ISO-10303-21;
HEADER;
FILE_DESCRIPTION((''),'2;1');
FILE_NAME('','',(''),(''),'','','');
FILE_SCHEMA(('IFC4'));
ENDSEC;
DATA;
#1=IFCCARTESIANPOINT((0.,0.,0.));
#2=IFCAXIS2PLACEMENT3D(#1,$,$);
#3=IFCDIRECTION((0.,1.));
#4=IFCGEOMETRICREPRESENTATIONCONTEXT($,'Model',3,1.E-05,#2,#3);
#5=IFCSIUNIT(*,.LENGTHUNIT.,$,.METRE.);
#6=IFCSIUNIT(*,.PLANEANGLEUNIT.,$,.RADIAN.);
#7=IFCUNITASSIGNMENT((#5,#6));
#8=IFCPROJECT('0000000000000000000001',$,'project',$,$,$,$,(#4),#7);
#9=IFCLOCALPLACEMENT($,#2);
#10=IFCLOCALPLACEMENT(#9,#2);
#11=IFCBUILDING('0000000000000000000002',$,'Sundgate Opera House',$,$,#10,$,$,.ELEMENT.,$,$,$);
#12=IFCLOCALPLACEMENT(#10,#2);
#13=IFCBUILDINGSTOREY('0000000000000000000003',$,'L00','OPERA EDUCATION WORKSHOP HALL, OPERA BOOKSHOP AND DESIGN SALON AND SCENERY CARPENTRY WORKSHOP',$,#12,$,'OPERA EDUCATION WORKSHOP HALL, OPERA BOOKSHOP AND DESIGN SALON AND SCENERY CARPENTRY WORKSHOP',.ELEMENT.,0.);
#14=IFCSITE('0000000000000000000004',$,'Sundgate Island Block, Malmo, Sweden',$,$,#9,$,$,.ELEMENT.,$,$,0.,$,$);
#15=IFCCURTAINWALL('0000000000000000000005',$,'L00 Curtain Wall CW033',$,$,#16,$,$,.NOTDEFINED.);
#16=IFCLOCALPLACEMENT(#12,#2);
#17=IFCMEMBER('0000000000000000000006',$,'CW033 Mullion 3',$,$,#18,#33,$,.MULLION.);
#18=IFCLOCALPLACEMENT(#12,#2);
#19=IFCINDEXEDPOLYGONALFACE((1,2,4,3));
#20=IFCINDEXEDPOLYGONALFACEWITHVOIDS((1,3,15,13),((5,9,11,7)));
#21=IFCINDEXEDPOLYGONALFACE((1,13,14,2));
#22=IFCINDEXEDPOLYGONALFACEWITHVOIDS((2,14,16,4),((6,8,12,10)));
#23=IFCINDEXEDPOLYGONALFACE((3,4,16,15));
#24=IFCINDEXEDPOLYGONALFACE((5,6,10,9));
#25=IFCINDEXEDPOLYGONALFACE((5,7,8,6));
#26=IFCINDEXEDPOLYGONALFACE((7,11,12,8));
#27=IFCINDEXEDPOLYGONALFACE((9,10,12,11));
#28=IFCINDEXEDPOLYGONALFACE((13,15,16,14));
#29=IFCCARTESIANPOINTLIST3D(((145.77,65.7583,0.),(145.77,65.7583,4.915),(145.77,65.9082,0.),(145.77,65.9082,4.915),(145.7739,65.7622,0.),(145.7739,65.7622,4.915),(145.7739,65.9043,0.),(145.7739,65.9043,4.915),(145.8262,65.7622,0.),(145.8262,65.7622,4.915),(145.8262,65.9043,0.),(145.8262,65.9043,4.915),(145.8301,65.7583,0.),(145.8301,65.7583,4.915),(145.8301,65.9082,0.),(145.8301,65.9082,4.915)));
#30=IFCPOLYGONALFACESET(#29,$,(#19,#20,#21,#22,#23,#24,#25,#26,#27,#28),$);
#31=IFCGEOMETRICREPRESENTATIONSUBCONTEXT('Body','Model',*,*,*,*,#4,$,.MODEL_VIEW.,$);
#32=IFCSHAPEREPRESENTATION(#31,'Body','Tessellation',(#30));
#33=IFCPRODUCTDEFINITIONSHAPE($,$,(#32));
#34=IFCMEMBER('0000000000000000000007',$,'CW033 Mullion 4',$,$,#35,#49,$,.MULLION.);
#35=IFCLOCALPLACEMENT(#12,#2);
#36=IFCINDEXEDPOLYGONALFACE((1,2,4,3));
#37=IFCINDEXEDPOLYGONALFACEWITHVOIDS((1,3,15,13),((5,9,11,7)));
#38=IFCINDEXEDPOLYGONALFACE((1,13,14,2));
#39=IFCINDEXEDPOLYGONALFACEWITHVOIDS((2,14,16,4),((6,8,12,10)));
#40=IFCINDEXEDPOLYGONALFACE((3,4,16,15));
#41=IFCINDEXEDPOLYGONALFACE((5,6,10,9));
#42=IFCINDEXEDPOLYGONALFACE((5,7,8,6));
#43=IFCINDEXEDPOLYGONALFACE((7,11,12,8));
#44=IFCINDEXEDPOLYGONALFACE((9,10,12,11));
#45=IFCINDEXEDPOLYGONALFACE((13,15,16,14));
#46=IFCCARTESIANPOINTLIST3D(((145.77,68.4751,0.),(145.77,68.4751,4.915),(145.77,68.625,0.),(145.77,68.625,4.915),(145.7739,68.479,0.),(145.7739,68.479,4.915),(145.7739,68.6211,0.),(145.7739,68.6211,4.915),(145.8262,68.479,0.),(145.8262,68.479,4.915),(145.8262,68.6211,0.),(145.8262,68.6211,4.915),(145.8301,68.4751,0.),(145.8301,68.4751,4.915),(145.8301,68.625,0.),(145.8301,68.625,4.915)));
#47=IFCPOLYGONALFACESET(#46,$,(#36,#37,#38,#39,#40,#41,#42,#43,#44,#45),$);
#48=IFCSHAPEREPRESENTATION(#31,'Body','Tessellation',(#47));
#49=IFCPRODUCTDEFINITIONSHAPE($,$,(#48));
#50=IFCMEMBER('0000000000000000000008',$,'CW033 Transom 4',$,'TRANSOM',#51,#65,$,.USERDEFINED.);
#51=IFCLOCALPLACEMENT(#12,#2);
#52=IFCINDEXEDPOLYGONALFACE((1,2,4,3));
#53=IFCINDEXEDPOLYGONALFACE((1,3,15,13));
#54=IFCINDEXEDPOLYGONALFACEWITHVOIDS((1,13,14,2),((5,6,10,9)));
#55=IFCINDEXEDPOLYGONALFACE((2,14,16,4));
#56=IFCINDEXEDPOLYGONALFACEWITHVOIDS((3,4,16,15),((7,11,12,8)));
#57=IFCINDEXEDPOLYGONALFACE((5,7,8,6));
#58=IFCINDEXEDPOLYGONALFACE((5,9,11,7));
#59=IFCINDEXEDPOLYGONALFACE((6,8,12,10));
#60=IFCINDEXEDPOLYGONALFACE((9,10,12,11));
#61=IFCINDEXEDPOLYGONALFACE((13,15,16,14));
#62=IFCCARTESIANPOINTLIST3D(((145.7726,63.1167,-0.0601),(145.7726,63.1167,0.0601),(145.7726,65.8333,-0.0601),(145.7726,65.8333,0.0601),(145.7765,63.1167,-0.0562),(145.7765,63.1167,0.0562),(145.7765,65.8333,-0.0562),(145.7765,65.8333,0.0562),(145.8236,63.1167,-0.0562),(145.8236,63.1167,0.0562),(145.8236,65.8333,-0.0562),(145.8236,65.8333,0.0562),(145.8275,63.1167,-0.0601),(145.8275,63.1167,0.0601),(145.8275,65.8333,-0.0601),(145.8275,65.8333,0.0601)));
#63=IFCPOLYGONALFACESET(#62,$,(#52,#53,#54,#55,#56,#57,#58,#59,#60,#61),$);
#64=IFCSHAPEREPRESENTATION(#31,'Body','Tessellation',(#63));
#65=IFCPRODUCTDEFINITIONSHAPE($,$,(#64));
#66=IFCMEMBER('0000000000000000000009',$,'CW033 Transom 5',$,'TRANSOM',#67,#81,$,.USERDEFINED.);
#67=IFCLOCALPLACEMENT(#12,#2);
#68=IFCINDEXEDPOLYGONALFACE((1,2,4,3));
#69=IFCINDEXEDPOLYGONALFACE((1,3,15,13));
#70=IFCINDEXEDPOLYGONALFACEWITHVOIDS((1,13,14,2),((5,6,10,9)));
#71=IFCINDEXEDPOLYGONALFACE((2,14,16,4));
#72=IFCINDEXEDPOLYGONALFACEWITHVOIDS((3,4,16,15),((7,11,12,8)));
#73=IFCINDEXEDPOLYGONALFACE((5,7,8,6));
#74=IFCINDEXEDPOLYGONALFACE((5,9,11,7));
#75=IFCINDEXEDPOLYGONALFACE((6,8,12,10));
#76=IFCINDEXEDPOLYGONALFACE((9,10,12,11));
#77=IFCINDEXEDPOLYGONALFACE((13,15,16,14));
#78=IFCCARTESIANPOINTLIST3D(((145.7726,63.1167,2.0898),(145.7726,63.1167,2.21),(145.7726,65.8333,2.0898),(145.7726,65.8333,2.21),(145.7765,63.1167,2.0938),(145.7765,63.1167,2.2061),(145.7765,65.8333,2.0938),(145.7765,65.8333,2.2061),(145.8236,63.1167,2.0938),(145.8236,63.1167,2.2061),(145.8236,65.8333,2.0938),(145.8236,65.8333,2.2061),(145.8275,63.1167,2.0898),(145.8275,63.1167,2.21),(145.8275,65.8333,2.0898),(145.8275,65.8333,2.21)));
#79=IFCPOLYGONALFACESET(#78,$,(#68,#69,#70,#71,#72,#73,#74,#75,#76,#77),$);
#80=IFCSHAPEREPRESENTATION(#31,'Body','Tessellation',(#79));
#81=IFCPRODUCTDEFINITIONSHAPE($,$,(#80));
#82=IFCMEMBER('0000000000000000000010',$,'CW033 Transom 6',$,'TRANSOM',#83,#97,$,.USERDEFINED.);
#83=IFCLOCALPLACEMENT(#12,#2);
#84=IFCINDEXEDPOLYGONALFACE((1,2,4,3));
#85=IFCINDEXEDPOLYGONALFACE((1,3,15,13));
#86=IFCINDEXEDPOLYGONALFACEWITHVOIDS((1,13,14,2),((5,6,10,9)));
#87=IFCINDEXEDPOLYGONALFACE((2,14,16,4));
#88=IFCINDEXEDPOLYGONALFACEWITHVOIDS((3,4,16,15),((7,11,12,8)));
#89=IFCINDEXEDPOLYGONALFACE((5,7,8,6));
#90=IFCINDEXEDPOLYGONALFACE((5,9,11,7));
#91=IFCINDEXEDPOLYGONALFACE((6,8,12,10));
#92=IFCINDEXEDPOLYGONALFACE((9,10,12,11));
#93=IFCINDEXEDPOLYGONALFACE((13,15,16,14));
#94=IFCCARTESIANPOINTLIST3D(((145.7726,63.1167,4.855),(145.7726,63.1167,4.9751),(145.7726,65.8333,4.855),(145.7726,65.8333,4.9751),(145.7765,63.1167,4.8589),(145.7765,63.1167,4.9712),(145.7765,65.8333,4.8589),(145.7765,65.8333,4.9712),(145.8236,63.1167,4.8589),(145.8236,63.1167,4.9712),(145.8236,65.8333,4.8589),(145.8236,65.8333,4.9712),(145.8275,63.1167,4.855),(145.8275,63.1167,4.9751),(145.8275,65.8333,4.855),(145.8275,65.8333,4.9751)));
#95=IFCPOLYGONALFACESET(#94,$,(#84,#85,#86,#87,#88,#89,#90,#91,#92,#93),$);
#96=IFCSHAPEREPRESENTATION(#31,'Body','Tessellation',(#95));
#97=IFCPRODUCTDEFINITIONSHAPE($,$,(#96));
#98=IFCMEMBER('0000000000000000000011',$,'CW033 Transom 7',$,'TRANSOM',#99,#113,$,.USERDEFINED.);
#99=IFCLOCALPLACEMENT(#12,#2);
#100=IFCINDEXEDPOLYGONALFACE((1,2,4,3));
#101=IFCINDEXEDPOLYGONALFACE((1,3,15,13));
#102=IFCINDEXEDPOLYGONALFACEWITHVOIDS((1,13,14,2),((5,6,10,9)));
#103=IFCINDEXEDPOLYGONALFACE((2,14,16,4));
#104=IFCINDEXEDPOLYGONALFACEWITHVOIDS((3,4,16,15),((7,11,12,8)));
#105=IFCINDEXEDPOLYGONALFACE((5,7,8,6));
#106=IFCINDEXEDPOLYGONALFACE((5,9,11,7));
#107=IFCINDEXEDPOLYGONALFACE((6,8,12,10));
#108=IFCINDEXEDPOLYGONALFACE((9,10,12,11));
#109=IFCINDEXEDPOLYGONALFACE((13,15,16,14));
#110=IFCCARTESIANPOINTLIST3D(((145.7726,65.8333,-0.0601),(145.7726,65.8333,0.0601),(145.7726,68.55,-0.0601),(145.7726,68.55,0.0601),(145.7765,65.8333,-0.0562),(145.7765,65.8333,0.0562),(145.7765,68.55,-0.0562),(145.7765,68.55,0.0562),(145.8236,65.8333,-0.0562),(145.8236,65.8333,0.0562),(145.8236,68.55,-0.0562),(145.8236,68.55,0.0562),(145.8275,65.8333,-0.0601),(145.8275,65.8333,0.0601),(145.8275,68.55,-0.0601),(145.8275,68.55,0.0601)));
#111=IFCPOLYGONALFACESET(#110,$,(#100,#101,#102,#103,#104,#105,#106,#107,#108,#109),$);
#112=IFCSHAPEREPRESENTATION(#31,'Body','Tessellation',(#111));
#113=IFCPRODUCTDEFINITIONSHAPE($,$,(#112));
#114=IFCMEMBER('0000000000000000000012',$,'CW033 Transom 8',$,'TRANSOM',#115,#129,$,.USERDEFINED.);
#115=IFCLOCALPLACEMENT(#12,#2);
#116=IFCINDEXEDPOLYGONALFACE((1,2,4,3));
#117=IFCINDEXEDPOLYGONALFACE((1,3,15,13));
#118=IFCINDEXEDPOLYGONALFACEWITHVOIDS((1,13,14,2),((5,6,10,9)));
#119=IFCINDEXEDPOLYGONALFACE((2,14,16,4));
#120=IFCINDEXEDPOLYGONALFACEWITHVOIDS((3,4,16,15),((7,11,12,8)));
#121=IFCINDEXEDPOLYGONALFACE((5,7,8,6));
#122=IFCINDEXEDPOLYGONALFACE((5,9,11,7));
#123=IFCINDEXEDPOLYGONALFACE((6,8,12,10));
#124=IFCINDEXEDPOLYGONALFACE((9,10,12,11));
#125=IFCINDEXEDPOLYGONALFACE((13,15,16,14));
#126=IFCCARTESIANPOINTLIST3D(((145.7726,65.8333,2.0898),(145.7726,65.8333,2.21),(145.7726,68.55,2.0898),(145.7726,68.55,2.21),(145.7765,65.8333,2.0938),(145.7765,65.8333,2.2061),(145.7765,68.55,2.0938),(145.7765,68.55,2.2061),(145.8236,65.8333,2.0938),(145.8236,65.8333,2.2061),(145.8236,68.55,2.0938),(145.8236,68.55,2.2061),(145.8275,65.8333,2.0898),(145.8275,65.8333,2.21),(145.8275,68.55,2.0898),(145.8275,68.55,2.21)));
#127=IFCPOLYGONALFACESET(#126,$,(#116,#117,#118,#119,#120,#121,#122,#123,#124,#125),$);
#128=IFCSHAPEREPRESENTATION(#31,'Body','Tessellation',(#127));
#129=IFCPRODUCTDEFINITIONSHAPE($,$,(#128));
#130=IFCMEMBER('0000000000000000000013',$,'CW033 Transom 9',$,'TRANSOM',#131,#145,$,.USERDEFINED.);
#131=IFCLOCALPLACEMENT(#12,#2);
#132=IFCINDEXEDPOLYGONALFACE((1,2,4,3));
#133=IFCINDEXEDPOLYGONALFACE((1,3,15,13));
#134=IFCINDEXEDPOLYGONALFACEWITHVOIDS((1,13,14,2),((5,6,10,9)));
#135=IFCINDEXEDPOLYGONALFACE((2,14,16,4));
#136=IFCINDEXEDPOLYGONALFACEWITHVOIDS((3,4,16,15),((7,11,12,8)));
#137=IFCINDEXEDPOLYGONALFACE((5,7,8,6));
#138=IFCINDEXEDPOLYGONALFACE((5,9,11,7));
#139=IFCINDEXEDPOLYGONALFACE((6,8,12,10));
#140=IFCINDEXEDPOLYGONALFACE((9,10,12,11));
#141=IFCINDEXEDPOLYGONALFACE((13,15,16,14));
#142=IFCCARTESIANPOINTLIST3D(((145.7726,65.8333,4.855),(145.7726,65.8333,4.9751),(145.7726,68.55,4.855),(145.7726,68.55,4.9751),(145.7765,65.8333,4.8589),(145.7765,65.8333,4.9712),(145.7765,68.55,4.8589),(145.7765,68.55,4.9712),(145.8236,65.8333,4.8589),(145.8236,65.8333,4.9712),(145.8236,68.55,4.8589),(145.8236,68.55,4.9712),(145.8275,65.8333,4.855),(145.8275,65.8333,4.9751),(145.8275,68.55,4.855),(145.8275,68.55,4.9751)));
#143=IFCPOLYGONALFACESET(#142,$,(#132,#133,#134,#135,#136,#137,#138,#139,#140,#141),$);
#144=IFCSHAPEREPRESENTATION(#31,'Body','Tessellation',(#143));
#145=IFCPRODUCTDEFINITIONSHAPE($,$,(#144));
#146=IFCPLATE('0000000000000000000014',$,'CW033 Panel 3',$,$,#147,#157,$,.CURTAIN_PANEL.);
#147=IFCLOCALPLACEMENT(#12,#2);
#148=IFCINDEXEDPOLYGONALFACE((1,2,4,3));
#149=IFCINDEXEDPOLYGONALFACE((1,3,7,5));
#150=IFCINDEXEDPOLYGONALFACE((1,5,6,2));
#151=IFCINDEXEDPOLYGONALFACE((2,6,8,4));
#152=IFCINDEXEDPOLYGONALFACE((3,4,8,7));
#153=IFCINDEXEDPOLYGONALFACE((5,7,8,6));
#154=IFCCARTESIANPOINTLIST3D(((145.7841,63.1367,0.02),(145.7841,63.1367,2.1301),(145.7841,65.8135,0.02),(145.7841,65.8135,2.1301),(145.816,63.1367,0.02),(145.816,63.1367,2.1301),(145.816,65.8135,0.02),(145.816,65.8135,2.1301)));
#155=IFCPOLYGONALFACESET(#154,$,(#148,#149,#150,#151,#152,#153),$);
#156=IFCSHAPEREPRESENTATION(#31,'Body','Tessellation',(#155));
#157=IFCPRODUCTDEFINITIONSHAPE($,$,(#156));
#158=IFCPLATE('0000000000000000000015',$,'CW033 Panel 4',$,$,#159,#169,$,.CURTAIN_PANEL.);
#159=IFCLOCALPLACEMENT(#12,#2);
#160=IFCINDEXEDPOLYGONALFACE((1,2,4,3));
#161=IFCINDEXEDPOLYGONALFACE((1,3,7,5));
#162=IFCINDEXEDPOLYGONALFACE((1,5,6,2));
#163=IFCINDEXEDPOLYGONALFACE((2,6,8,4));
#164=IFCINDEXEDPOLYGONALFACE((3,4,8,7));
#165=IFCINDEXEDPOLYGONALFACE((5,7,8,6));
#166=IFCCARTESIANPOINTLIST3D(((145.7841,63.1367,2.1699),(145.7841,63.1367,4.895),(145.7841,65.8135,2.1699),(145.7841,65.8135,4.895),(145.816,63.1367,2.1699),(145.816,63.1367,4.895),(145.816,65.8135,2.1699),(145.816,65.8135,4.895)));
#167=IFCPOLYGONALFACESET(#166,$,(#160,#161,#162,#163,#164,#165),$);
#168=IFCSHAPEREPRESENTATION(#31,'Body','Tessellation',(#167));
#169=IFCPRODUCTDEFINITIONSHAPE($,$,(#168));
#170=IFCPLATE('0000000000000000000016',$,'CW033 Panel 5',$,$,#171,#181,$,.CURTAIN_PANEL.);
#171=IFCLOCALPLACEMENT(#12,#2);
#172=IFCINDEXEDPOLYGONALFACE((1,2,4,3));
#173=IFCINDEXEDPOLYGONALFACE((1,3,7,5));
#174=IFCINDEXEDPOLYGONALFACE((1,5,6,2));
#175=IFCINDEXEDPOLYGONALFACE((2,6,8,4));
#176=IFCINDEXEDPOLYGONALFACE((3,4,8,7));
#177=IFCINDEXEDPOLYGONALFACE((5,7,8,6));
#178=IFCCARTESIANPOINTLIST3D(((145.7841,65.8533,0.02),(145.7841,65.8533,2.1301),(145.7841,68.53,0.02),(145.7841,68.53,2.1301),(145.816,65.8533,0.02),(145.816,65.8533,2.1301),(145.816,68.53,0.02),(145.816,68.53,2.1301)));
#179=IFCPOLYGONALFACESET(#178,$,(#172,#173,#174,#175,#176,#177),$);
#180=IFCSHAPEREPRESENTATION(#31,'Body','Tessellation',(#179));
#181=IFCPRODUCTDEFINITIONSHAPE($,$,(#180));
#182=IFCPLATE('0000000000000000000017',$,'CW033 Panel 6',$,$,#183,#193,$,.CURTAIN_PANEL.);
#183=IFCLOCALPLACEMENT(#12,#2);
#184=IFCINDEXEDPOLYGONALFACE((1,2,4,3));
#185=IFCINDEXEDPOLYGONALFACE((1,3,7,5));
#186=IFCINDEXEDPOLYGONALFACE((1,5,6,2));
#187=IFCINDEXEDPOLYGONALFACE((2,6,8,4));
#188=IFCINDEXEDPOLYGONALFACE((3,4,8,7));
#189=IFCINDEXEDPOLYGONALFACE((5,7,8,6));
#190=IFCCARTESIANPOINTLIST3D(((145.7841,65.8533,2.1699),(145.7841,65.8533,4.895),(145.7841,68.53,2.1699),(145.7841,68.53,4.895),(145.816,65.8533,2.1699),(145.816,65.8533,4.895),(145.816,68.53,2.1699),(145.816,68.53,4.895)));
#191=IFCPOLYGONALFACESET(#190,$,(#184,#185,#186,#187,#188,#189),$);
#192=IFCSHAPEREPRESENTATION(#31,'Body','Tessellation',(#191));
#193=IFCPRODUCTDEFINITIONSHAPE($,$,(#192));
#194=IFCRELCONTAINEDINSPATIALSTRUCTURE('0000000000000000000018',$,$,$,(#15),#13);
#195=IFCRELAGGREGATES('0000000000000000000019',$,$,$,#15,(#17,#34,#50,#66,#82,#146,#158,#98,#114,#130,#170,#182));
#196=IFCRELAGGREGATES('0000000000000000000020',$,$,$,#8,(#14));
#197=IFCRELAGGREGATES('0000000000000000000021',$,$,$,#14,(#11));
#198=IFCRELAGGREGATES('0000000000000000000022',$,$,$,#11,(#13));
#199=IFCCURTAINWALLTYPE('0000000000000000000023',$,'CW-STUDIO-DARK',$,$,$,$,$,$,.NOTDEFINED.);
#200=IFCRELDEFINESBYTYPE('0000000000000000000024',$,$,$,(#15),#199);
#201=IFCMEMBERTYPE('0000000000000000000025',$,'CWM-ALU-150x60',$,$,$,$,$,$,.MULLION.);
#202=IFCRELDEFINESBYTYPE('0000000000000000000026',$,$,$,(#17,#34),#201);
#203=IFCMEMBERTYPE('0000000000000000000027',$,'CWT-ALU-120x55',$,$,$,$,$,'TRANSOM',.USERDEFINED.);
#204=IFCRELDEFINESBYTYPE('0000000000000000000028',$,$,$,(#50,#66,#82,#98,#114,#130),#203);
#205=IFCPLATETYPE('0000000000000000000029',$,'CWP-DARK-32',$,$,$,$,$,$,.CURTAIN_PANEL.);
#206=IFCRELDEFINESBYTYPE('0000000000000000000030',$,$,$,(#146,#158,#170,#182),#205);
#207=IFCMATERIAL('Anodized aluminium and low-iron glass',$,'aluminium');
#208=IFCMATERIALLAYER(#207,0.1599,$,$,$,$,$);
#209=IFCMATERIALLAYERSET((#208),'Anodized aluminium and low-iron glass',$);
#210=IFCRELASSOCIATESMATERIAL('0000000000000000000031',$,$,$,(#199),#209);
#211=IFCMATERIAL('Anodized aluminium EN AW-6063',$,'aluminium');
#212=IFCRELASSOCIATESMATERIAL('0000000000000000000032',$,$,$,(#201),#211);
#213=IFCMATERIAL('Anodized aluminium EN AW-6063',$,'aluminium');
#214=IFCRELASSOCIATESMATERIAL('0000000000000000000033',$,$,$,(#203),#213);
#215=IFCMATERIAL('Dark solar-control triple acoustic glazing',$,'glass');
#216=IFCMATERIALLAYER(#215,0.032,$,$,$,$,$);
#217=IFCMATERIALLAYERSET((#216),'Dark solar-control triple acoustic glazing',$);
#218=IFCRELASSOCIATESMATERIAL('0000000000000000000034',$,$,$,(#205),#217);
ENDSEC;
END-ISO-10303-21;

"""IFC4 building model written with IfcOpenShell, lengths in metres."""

from ifc_helpers import new_model, si_unit, direction, frame, origin, origin_2d, place, context, subcontext, project, spatial, rectangle, hollow_rectangle, extrude, material, layer, layer_set, material_profile, profile_set, type_object, element, aggregate, save


model = new_model("IFC4")

# Units and contexts
model_context = context("Model", 3, precision=1e-05, world=origin(), true_north=direction((0.0, 1.0)))
body_context = subcontext(model_context, "Body", "Model", "MODEL_VIEW")
ifc_project = project(units=[si_unit("LENGTHUNIT", "METRE"), si_unit("PLANEANGLEUNIT", "RADIAN")], contexts=[model_context])

# Site, building, storey
site_placement = place(None, origin())
site = spatial("IfcSite", under=ifc_project, at=site_placement, Name="Sundgate Island Block, Malmo, Sweden", CompositionType="ELEMENT", RefElevation=0.0)
building_placement = place(site_placement, origin())
building = spatial("IfcBuilding", under=site, at=building_placement, Name="Sundgate Opera House", CompositionType="ELEMENT")
storey_placement = place(building_placement, origin())
storey = spatial("IfcBuildingStorey", under=building, at=storey_placement, Name="L00", Description="OPERA EDUCATION WORKSHOP HALL, OPERA BOOKSHOP AND DESIGN SALON AND SCENERY CARPENTRY WORKSHOP", LongName="OPERA EDUCATION WORKSHOP HALL, OPERA BOOKSHOP AND DESIGN SALON AND SCENERY CARPENTRY WORKSHOP", CompositionType="ELEMENT", Elevation=0.0)

# Curtain wall, members, plates
ifc_material_1 = material(Name="Anodized aluminium and low-iron glass", Category="aluminium")
ifc_layer_1 = layer(ifc_material_1, 0.1599)
ifc_layer_set_1 = layer_set([ifc_layer_1], Name="Anodized aluminium and low-iron glass")
curtain_wall_type = type_object("IfcCurtainWallType", Name="CW-STUDIO-DARK", PredefinedType="NOTDEFINED", material=ifc_layer_set_1)
curtain_wall_placement = place(storey_placement, origin())
curtain_wall = element("IfcCurtainWall", 1, at=curtain_wall_placement, inside=storey, type_object=curtain_wall_type, Name="L00 Curtain Wall CW033", PredefinedType="NOTDEFINED")
ifc_material_2 = material(Name="Anodized aluminium EN AW-6063", Category="aluminium")
ifc_material_profile_1 = material_profile(ifc_material_2, hollow_rectangle(XDim=0.0601, YDim=0.1499, WallThickness=0.0039, at=origin_2d()), Name="CWM 150x60x4")
ifc_profile_set_1 = profile_set([ifc_material_profile_1], Name="Anodized aluminium EN AW-6063")
member_type_1 = type_object("IfcMemberType", Name="CWM-ALU-150x60", PredefinedType="MULLION", material=ifc_profile_set_1)
member_1_placement = place(storey_placement, frame((145.8, 65.8333, 0.0), z_axis=(0.0, 0.0, 1.0), x_axis=(1.0, 0.0, 0.0)))
member_1 = element("IfcMember", 2, at=member_1_placement, type_object=member_type_1, Name="CW033 Mullion 3", PredefinedType="MULLION", context=body_context, shape_type="SweptSolid", body=[
    extrude(hollow_rectangle(XDim=0.0601, YDim=0.1499, WallThickness=0.0039, at=origin_2d()), origin(), (0.0, 0.0, 1.0), 4.915),
])
member_2_placement = place(storey_placement, frame((145.8, 68.55, 0.0), z_axis=(0.0, 0.0, 1.0), x_axis=(1.0, 0.0, 0.0)))
member_2 = element("IfcMember", 3, at=member_2_placement, type_object=member_type_1, Name="CW033 Mullion 4", PredefinedType="MULLION", context=body_context, shape_type="SweptSolid", body=[
    extrude(hollow_rectangle(XDim=0.0601, YDim=0.1499, WallThickness=0.0039, at=origin_2d()), origin(), (0.0, 0.0, 1.0), 4.915),
])
ifc_material_3 = material(Name="Anodized aluminium EN AW-6063", Category="aluminium")
ifc_material_profile_2 = material_profile(ifc_material_3, hollow_rectangle(XDim=0.0549, YDim=0.1201, WallThickness=0.0039, at=origin_2d()), Name="CWT 120x55x4")
ifc_profile_set_2 = profile_set([ifc_material_profile_2], Name="Anodized aluminium EN AW-6063")
member_type_2 = type_object("IfcMemberType", Name="CWT-ALU-120x55", ElementType="TRANSOM", PredefinedType="USERDEFINED", material=ifc_profile_set_2)
member_3_placement = place(storey_placement, frame((145.8, 63.1167, 0.0), z_axis=(0.0, 1.0, 0.0), x_axis=(-1.0, 0.0, 0.0)))
member_3 = element("IfcMember", 4, at=member_3_placement, type_object=member_type_2, Name="CW033 Transom 4", ObjectType="TRANSOM", PredefinedType="USERDEFINED", context=body_context, shape_type="SweptSolid", body=[
    extrude(hollow_rectangle(XDim=0.0549, YDim=0.1201, WallThickness=0.0039, at=origin_2d()), origin(), (0.0, 0.0, 1.0), 2.7166),
])
member_4_placement = place(storey_placement, frame((145.8, 63.1167, 2.1499), z_axis=(0.0, 1.0, 0.0), x_axis=(-1.0, 0.0, 0.0)))
member_4 = element("IfcMember", 5, at=member_4_placement, type_object=member_type_2, Name="CW033 Transom 5", ObjectType="TRANSOM", PredefinedType="USERDEFINED", context=body_context, shape_type="SweptSolid", body=[
    extrude(hollow_rectangle(XDim=0.0549, YDim=0.1201, WallThickness=0.0039, at=origin_2d()), origin(), (0.0, 0.0, 1.0), 2.7166),
])
member_5_placement = place(storey_placement, frame((145.8, 63.1167, 4.915), z_axis=(0.0, 1.0, 0.0), x_axis=(-1.0, 0.0, 0.0)))
member_5 = element("IfcMember", 6, at=member_5_placement, type_object=member_type_2, Name="CW033 Transom 6", ObjectType="TRANSOM", PredefinedType="USERDEFINED", context=body_context, shape_type="SweptSolid", body=[
    extrude(hollow_rectangle(XDim=0.0549, YDim=0.1201, WallThickness=0.0039, at=origin_2d()), origin(), (0.0, 0.0, 1.0), 2.7166),
])
member_6_placement = place(storey_placement, frame((145.8, 65.8333, 0.0), z_axis=(0.0, 1.0, 0.0), x_axis=(-1.0, 0.0, 0.0)))
member_6 = element("IfcMember", 7, at=member_6_placement, type_object=member_type_2, Name="CW033 Transom 7", ObjectType="TRANSOM", PredefinedType="USERDEFINED", context=body_context, shape_type="SweptSolid", body=[
    extrude(hollow_rectangle(XDim=0.0549, YDim=0.1201, WallThickness=0.0039, at=origin_2d()), origin(), (0.0, 0.0, 1.0), 2.7168),
])
member_7_placement = place(storey_placement, frame((145.8, 65.8333, 2.1499), z_axis=(0.0, 1.0, 0.0), x_axis=(-1.0, 0.0, 0.0)))
member_7 = element("IfcMember", 8, at=member_7_placement, type_object=member_type_2, Name="CW033 Transom 8", ObjectType="TRANSOM", PredefinedType="USERDEFINED", context=body_context, shape_type="SweptSolid", body=[
    extrude(hollow_rectangle(XDim=0.0549, YDim=0.1201, WallThickness=0.0039, at=origin_2d()), origin(), (0.0, 0.0, 1.0), 2.7168),
])
member_8_placement = place(storey_placement, frame((145.8, 65.8333, 4.915), z_axis=(0.0, 1.0, 0.0), x_axis=(-1.0, 0.0, 0.0)))
member_8 = element("IfcMember", 9, at=member_8_placement, type_object=member_type_2, Name="CW033 Transom 9", ObjectType="TRANSOM", PredefinedType="USERDEFINED", context=body_context, shape_type="SweptSolid", body=[
    extrude(hollow_rectangle(XDim=0.0549, YDim=0.1201, WallThickness=0.0039, at=origin_2d()), origin(), (0.0, 0.0, 1.0), 2.7168),
])
ifc_material_4 = material(Name="Dark solar-control triple acoustic glazing", Category="glass")
ifc_layer_2 = layer(ifc_material_4, 0.032)
ifc_layer_set_2 = layer_set([ifc_layer_2], Name="Dark solar-control triple acoustic glazing")
plate_type = type_object("IfcPlateType", Name="CWP-DARK-32", PredefinedType="CURTAIN_PANEL", material=ifc_layer_set_2)
plate_1_placement = place(storey_placement, frame((145.8, 64.4751, 0.02), z_axis=(0.0, 0.0, 1.0), x_axis=(0.0, 1.0, 0.0)))
plate_1 = element("IfcPlate", 10, at=plate_1_placement, type_object=plate_type, Name="CW033 Panel 3", PredefinedType="CURTAIN_PANEL", context=body_context, shape_type="SweptSolid", body=[
    extrude(rectangle(XDim=2.6768, YDim=0.032, at=origin_2d()), origin(), (0.0, 0.0, 1.0), 2.1101),
])
plate_2_placement = place(storey_placement, frame((145.8, 64.4751, 2.1699), z_axis=(0.0, 0.0, 1.0), x_axis=(0.0, 1.0, 0.0)))
plate_2 = element("IfcPlate", 11, at=plate_2_placement, type_object=plate_type, Name="CW033 Panel 4", PredefinedType="CURTAIN_PANEL", context=body_context, shape_type="SweptSolid", body=[
    extrude(rectangle(XDim=2.6768, YDim=0.032, at=origin_2d()), origin(), (0.0, 0.0, 1.0), 2.7251),
])
plate_3_placement = place(storey_placement, frame((145.8, 67.1917, 0.02), z_axis=(0.0, 0.0, 1.0), x_axis=(0.0, 1.0, 0.0)))
plate_3 = element("IfcPlate", 12, at=plate_3_placement, type_object=plate_type, Name="CW033 Panel 5", PredefinedType="CURTAIN_PANEL", context=body_context, shape_type="SweptSolid", body=[
    extrude(rectangle(XDim=2.6768, YDim=0.032, at=origin_2d()), origin(), (0.0, 0.0, 1.0), 2.1101),
])
plate_4_placement = place(storey_placement, frame((145.8, 67.1917, 2.1699), z_axis=(0.0, 0.0, 1.0), x_axis=(0.0, 1.0, 0.0)))
plate_4 = element("IfcPlate", 13, at=plate_4_placement, type_object=plate_type, Name="CW033 Panel 6", PredefinedType="CURTAIN_PANEL", context=body_context, shape_type="SweptSolid", body=[
    extrude(rectangle(XDim=2.6768, YDim=0.032, at=origin_2d()), origin(), (0.0, 0.0, 1.0), 2.7251),
])
aggregate(curtain_wall, [member_1, member_2, member_3, member_4, member_5, plate_1, plate_2, member_6, member_7, member_8, plate_3, plate_4])

save(model, "model.ifc")
